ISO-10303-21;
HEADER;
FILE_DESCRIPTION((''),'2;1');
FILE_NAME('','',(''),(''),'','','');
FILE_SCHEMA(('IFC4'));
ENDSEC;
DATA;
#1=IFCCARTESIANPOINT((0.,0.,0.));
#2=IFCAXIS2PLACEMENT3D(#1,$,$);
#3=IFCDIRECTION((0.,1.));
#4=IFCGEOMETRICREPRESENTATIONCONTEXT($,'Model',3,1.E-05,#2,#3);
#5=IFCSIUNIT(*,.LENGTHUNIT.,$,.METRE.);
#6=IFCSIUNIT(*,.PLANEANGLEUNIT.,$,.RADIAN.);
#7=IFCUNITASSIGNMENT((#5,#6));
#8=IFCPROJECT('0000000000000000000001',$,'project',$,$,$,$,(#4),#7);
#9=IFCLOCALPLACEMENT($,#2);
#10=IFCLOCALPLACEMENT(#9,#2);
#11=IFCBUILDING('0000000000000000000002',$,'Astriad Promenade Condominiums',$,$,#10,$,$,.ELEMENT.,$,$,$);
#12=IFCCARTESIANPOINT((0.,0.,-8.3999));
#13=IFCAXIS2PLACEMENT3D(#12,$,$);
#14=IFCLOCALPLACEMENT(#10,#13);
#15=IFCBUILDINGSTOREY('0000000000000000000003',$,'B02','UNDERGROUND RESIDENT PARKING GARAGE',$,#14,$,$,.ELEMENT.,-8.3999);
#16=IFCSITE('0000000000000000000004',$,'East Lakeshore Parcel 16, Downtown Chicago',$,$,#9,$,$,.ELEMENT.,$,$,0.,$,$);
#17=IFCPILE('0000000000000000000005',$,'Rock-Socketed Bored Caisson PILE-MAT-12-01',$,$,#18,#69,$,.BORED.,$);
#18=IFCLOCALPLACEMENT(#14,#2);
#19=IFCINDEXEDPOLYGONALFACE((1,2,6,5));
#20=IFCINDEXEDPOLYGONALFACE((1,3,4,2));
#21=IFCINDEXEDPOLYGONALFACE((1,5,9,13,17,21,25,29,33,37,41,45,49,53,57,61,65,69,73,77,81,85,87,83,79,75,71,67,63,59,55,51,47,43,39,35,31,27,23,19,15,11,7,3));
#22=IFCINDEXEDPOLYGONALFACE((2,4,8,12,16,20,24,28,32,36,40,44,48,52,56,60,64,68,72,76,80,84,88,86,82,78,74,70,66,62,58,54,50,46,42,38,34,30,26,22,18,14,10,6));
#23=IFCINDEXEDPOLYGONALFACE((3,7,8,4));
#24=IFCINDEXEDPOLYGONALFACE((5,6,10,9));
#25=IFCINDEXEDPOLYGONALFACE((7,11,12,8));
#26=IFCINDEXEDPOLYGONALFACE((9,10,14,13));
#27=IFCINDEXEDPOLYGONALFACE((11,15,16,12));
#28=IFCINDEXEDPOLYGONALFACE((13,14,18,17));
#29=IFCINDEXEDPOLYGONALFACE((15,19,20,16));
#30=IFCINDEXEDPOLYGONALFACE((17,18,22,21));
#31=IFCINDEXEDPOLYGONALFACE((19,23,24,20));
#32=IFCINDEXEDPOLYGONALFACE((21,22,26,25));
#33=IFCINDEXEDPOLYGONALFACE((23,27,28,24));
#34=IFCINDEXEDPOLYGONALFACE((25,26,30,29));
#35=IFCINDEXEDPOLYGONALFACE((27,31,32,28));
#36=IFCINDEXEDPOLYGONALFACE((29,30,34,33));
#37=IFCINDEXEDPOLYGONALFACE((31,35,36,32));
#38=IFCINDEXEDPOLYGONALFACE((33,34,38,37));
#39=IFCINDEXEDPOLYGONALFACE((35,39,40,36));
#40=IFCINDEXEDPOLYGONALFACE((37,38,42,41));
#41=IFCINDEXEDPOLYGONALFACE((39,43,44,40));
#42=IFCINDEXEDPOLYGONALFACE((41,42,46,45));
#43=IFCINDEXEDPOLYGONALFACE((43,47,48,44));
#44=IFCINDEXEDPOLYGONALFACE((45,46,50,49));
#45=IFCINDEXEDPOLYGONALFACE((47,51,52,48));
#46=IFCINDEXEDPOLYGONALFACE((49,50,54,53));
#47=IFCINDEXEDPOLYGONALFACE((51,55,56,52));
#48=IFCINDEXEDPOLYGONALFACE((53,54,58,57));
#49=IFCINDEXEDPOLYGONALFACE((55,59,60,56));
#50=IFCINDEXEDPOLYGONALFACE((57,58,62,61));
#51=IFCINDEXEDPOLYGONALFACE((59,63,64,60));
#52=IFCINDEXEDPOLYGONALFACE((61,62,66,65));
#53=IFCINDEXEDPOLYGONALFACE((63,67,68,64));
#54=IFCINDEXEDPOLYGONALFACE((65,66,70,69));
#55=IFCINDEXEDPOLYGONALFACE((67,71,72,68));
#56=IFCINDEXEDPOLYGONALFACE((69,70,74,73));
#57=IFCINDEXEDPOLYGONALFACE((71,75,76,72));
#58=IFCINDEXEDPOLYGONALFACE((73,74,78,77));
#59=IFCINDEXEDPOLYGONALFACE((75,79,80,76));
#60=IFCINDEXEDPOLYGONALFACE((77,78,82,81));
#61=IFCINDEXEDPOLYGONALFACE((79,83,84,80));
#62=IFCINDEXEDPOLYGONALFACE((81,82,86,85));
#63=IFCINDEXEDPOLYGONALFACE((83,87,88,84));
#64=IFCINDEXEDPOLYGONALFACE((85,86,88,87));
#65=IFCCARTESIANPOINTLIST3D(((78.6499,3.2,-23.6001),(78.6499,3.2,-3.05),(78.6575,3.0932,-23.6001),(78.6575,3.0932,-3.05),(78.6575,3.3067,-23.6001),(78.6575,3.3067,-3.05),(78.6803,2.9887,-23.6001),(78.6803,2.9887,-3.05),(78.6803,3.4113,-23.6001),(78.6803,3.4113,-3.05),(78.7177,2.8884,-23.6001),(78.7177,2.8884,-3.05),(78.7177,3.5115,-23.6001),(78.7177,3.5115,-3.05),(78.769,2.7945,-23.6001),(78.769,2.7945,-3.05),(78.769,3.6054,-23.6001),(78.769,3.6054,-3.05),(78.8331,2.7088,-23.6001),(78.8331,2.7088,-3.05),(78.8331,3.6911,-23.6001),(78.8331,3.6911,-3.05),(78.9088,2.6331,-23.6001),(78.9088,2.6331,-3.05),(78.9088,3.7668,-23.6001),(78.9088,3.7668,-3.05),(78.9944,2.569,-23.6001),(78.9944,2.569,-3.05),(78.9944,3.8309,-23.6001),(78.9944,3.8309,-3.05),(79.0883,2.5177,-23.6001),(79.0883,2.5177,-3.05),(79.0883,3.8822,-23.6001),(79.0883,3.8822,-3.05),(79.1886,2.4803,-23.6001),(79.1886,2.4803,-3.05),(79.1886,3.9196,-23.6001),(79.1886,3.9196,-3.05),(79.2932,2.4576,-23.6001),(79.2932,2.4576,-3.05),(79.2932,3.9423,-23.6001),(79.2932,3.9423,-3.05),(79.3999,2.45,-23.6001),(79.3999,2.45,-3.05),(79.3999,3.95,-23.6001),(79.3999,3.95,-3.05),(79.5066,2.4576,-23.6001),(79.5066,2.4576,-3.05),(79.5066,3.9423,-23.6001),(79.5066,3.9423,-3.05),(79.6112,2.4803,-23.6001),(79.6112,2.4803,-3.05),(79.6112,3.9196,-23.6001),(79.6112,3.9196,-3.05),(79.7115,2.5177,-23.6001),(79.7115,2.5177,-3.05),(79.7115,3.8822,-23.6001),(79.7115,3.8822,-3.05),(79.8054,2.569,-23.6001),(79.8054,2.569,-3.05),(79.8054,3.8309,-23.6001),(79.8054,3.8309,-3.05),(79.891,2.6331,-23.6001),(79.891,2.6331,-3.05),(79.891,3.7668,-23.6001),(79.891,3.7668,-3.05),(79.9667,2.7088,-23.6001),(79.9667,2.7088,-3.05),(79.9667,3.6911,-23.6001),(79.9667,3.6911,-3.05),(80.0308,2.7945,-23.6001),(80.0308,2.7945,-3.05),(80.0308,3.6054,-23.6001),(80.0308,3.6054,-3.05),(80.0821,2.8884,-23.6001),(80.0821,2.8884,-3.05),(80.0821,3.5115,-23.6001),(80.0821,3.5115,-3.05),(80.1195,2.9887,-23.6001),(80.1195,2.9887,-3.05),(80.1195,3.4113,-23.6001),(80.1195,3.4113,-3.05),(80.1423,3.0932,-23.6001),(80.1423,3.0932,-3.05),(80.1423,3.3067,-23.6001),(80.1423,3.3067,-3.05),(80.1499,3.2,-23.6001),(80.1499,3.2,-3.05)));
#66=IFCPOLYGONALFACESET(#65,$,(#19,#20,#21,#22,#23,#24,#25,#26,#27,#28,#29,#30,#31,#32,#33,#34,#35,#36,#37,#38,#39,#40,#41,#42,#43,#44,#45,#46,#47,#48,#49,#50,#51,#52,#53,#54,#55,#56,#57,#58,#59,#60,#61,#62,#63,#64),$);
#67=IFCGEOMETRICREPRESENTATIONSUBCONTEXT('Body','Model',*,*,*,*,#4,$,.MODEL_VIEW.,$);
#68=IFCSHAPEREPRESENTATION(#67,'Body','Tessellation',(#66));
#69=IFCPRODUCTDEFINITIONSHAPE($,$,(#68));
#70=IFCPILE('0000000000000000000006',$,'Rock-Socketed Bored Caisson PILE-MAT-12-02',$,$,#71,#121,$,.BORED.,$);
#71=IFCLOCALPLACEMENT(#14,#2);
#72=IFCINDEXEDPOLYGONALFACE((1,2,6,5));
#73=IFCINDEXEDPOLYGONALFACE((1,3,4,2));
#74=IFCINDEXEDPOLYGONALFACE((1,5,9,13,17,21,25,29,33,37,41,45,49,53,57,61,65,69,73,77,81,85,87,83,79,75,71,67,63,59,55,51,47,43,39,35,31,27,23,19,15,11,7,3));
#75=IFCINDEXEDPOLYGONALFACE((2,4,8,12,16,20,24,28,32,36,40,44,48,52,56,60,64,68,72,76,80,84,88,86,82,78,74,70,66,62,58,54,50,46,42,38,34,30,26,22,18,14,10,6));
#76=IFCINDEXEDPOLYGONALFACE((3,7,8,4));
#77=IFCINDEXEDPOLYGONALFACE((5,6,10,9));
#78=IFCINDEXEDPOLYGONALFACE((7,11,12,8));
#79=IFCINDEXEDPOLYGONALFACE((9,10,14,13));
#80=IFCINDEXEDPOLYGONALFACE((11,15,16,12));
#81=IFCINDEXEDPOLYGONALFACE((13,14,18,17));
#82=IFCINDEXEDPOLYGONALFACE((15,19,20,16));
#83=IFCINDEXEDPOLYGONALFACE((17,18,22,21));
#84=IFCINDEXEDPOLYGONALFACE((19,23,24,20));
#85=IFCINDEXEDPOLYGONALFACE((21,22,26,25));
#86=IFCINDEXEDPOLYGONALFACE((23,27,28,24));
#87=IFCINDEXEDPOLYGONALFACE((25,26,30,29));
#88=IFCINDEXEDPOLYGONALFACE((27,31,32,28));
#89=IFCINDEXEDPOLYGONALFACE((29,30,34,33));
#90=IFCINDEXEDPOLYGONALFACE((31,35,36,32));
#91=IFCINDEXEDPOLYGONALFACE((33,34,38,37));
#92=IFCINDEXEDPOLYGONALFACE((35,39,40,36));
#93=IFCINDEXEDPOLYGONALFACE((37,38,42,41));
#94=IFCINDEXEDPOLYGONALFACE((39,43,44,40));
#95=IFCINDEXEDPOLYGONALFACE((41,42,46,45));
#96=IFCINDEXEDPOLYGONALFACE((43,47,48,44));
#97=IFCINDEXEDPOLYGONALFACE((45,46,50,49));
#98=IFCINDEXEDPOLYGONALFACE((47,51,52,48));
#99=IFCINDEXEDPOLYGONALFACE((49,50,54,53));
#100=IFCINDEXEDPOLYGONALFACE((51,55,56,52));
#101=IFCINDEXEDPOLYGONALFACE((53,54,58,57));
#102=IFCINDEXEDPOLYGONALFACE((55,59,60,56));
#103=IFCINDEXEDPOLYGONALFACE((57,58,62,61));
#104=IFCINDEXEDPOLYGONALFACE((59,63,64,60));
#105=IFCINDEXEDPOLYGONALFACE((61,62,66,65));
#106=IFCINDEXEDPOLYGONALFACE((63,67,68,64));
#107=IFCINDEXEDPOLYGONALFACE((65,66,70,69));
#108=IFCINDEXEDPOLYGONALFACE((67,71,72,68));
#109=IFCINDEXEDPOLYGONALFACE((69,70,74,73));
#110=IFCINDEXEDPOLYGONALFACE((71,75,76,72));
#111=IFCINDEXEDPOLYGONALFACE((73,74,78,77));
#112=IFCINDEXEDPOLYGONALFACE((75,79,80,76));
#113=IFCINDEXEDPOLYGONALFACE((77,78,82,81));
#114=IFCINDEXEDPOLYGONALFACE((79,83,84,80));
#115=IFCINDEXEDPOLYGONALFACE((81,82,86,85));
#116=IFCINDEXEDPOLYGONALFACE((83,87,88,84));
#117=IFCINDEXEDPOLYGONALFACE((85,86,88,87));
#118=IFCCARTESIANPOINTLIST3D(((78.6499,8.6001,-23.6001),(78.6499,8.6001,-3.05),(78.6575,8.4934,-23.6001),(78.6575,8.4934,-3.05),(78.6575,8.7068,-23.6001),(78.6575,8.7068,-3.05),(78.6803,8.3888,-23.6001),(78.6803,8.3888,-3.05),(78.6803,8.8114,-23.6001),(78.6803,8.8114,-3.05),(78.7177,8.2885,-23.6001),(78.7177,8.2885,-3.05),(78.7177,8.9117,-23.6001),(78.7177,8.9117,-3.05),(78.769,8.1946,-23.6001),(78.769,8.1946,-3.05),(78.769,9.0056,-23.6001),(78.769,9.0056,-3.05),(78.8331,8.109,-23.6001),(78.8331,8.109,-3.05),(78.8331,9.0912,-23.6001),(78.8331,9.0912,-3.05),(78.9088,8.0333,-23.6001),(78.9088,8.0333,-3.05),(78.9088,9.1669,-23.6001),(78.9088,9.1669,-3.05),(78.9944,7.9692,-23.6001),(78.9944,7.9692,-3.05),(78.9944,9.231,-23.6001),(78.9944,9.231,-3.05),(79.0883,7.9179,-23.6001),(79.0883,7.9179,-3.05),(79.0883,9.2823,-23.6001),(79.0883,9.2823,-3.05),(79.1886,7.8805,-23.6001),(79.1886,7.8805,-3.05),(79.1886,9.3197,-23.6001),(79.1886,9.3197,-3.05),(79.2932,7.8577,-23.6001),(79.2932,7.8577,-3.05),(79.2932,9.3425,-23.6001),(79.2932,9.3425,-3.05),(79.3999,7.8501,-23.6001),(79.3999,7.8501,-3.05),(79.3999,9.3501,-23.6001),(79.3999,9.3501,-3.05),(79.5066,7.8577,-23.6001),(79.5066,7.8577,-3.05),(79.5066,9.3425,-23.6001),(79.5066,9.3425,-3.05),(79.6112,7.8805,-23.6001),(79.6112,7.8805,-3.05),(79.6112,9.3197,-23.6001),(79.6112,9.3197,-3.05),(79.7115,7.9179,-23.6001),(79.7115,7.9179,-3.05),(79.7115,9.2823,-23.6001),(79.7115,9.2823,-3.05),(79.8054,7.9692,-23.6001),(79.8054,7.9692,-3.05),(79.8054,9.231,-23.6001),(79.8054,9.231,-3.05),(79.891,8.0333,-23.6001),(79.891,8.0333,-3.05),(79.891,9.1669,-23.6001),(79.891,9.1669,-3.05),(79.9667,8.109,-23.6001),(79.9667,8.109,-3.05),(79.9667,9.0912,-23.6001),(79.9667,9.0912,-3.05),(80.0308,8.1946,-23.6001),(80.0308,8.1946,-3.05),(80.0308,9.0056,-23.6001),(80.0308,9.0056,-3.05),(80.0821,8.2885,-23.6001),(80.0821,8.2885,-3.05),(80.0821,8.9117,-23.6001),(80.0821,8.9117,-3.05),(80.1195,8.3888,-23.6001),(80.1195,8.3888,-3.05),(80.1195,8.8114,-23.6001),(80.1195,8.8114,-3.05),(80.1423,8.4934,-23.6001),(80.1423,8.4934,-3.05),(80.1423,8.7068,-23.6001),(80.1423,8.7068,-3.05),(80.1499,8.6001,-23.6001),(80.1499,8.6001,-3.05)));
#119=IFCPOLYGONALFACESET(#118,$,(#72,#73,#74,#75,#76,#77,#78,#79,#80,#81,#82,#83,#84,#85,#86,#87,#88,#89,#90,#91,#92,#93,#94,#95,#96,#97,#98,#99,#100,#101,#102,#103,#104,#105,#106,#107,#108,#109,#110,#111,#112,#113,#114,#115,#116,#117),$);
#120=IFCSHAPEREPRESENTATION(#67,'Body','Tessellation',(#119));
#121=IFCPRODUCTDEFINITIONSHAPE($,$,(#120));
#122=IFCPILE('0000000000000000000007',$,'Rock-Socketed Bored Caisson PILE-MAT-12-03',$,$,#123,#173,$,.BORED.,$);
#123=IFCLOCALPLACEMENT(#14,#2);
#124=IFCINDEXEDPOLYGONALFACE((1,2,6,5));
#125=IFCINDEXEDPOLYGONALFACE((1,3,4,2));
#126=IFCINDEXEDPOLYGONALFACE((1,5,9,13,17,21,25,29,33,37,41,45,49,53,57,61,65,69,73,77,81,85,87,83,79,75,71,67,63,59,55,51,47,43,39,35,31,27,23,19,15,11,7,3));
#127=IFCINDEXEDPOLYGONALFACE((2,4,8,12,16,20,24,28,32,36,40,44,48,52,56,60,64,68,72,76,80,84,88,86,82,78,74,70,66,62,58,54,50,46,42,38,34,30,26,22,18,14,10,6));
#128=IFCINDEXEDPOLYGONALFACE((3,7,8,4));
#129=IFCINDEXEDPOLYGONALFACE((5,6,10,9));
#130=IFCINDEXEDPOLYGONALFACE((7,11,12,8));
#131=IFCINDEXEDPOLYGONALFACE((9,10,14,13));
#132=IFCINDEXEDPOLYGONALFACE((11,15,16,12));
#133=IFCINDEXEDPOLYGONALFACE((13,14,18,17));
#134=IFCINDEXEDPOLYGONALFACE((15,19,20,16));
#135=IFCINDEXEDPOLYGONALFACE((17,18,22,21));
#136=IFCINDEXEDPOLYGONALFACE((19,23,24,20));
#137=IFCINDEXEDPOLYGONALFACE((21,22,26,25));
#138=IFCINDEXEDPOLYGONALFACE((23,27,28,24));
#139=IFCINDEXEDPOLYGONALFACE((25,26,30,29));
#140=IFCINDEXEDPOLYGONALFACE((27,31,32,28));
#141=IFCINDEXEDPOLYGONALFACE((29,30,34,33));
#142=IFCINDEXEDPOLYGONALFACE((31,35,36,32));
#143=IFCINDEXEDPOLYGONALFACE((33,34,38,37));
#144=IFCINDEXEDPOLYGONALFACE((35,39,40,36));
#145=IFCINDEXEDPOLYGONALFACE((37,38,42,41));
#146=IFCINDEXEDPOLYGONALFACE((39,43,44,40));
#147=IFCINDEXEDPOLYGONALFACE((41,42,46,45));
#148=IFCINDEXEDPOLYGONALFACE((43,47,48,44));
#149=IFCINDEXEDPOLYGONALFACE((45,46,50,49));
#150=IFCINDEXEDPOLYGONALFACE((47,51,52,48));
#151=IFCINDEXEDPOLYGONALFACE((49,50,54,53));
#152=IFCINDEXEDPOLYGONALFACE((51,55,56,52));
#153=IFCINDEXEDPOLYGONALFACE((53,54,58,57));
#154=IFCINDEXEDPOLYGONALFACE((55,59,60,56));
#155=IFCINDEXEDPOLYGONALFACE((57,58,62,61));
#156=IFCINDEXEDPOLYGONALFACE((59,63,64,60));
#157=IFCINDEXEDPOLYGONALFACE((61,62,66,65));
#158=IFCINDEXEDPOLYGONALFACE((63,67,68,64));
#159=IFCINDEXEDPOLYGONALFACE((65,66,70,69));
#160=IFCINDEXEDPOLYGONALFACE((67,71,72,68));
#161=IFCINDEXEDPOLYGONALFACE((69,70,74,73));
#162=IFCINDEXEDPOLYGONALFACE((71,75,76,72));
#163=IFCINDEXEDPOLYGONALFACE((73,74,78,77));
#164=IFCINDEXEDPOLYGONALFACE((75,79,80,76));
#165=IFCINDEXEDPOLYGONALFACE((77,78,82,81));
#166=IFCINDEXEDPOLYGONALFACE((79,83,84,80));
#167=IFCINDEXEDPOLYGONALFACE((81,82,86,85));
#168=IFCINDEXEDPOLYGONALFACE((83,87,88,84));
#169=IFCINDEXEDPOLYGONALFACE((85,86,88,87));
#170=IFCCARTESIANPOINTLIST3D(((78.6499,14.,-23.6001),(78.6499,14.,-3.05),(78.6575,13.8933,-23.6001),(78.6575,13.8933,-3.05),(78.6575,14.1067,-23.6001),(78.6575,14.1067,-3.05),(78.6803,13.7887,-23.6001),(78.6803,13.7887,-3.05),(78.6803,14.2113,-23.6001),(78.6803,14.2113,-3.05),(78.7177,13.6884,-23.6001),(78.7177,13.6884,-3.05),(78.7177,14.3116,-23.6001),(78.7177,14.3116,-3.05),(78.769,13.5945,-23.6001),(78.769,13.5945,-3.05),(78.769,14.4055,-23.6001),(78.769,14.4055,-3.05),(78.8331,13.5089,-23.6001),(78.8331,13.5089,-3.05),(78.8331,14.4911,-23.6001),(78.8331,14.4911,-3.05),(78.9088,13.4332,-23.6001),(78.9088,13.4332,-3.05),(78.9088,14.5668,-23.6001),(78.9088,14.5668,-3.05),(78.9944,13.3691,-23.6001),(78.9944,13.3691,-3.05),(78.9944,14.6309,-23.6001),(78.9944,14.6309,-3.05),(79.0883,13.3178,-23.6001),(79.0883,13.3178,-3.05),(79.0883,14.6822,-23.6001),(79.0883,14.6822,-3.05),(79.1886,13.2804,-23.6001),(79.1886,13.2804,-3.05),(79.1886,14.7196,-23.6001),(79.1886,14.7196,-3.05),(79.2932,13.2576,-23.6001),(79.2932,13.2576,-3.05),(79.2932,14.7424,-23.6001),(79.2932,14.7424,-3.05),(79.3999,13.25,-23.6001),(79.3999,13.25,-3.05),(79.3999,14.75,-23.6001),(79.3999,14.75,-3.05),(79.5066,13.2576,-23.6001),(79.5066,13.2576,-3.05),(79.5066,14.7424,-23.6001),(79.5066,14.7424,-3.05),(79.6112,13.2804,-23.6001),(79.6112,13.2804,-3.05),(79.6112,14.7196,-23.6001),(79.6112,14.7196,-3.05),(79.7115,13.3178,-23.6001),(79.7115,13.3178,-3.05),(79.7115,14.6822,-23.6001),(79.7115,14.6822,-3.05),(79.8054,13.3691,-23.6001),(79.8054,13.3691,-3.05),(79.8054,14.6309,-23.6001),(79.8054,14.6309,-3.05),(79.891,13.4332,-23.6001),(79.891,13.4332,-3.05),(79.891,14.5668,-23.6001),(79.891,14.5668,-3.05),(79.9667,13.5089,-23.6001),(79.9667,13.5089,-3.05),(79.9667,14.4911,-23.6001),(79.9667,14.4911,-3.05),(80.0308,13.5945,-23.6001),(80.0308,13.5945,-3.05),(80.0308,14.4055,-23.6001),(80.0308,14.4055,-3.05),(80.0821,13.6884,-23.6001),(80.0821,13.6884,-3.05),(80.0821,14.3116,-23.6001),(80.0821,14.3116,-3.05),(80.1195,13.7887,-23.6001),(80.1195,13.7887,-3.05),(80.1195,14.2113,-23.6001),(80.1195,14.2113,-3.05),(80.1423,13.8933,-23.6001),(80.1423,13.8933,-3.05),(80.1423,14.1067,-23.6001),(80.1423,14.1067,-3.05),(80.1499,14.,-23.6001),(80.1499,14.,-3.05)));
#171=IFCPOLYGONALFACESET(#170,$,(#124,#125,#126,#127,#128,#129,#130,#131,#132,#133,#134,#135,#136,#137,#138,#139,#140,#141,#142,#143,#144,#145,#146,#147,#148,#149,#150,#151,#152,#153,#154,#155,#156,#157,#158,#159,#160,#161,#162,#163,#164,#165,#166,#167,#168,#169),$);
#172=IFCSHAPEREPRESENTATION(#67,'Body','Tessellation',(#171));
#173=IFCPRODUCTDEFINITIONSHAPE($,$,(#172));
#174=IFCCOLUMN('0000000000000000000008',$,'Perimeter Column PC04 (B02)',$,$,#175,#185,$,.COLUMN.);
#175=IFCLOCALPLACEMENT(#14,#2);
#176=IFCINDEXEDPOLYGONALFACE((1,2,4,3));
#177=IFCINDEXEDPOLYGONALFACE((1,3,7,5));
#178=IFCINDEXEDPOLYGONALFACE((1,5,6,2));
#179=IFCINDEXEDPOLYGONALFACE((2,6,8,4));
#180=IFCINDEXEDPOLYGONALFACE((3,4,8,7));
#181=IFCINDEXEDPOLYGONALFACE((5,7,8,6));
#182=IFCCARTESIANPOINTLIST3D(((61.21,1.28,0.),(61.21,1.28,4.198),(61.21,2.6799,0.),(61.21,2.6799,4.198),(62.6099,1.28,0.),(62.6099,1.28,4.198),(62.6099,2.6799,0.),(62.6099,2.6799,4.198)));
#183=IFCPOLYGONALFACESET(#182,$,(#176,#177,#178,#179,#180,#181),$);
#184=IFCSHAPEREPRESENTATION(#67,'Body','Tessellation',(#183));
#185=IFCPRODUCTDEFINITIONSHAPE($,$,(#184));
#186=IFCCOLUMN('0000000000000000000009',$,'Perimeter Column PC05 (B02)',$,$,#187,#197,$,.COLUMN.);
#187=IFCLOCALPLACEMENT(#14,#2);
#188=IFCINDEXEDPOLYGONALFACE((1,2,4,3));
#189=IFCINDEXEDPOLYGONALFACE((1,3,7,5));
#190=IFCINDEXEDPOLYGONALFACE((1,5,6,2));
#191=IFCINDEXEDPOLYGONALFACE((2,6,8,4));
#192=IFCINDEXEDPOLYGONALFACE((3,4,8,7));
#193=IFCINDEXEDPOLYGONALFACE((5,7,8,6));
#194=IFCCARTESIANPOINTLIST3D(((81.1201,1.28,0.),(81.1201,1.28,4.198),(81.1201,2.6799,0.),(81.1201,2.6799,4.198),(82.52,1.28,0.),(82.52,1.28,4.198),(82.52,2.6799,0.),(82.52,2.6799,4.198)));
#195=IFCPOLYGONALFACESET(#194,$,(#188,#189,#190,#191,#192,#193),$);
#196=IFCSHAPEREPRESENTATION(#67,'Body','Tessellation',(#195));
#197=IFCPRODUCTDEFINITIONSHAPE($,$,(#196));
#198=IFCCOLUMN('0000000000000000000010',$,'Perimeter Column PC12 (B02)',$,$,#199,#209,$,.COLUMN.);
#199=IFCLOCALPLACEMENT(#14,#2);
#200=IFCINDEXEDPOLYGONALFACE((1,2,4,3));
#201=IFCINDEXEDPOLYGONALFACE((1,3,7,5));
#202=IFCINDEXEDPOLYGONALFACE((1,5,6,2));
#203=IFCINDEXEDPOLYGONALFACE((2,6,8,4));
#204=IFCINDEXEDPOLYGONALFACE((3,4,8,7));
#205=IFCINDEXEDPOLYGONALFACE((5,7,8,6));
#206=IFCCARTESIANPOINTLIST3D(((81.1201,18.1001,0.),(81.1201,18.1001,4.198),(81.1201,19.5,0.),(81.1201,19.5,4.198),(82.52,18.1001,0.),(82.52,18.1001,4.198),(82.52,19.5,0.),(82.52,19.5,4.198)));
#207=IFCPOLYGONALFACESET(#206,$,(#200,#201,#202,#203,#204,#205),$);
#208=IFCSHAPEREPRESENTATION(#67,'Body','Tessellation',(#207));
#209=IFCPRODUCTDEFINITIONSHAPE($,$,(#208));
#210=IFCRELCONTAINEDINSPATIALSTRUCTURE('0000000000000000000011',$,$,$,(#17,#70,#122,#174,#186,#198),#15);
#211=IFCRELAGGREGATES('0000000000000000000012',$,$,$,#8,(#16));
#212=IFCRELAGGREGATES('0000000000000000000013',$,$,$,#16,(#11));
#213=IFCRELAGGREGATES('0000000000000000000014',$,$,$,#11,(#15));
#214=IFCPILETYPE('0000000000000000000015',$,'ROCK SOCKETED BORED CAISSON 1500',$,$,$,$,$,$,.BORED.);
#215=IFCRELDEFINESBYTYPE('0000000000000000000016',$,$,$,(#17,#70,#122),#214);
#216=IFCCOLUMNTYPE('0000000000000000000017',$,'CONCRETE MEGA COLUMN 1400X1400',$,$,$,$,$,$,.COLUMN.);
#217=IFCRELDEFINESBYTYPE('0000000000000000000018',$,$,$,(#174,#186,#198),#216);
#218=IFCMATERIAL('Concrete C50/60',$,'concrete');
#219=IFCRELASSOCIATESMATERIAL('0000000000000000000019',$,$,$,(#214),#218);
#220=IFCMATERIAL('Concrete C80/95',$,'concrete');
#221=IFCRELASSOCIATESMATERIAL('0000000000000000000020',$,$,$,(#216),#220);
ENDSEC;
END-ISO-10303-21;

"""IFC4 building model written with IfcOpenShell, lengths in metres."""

from ifc_helpers import new_model, si_unit, direction, frame, origin, origin_2d, place, context, subcontext, project, spatial, rectangle, circle, extrude, source, transform, mapped, material, material_profile, profile_set, type_object, type_shapes, element, save


model = new_model("IFC4")

# Units and contexts
model_context = context("Model", 3, precision=1e-05, world=origin(), true_north=direction((0.0, 1.0)))
body_context = subcontext(model_context, "Body", "Model", "MODEL_VIEW")
ifc_project = project(units=[si_unit("LENGTHUNIT", "METRE"), si_unit("PLANEANGLEUNIT", "RADIAN")], contexts=[model_context])

# Site, building, storey
site_placement = place(None, origin())
site = spatial("IfcSite", under=ifc_project, at=site_placement, Name="East Lakeshore Parcel 16, Downtown Chicago", CompositionType="ELEMENT", RefElevation=0.0)
building_placement = place(site_placement, origin())
building = spatial("IfcBuilding", under=site, at=building_placement, Name="Astriad Promenade Condominiums", CompositionType="ELEMENT")
storey_placement = place(building_placement, frame((0.0, 0.0, -8.3999)))
storey = spatial("IfcBuildingStorey", under=building, at=storey_placement, Name="B02", Description="UNDERGROUND RESIDENT PARKING GARAGE", CompositionType="ELEMENT", Elevation=-8.3999)

# Piles
ifc_material_1 = material(Name="Concrete C50/60", Category="concrete")
ifc_material_profile_1 = material_profile(ifc_material_1, circle(Radius=0.75, at=origin_2d()), Name="CAISSON-D1500")
ifc_profile_set_1 = profile_set([ifc_material_profile_1], Name="Concrete C50/60")
pile_type = type_object("IfcPileType", Name="ROCK SOCKETED BORED CAISSON 1500", PredefinedType="BORED", material=ifc_profile_set_1)
shared_shape_1 = source(origin(), body_context, "Body", "SweptSolid", [
    extrude(circle(Radius=0.75, at=origin_2d()), origin(), (0.0, 0.0, 1.0), 20.55),
])
type_shapes(pile_type, [shared_shape_1])
for number, where, z_axis, x_axis, name in (
    (1, (79.3999, 3.2, -3.05), (0.0, 0.0, -1.0), (1.0, 0.0, 0.0), "Rock-Socketed Bored Caisson PILE-MAT-12-01"),
    (2, (79.3999, 8.6001, -3.05), (0.0, 0.0, -1.0), (1.0, 0.0, 0.0), "Rock-Socketed Bored Caisson PILE-MAT-12-02"),
    (3, (79.3999, 14.0, -3.05), (0.0, 0.0, -1.0), (1.0, 0.0, 0.0), "Rock-Socketed Bored Caisson PILE-MAT-12-03"),
):
    element("IfcPile", number, at=place(storey_placement, frame(where, z_axis=z_axis, x_axis=x_axis)), inside=storey, type_object=pile_type, Name=name, PredefinedType="BORED", context=body_context, shape_type="MappedRepresentation", body=[
        mapped(shared_shape_1, transform((0.0, 0.0, 0.0), scale=1.0)),
    ])

# Columns
ifc_material_2 = material(Name="Concrete C80/95", Category="concrete")
ifc_material_profile_2 = material_profile(ifc_material_2, rectangle(XDim=1.3999, YDim=1.3999, at=origin_2d()), Name="RC-COL-1400X1400")
ifc_profile_set_2 = profile_set([ifc_material_profile_2], Name="Concrete C80/95")
column_type = type_object("IfcColumnType", Name="CONCRETE MEGA COLUMN 1400X1400", PredefinedType="COLUMN", material=ifc_profile_set_2)
shared_shape_2 = source(origin(), body_context, "Body", "SweptSolid", [
    extrude(rectangle(XDim=1.3999, YDim=1.3999, at=origin_2d()), origin(), (0.0, 0.0, 1.0), 4.198),
])
type_shapes(column_type, [shared_shape_2])
for number, where, z_axis, x_axis, name in (
    (4, (61.9099, 1.98, 0.0), (0.0, 0.0, 1.0), (1.0, 0.0, 0.0), "Perimeter Column PC04 (B02)"),
    (5, (81.8201, 1.98, 0.0), (0.0, 0.0, 1.0), (1.0, 0.0, 0.0), "Perimeter Column PC05 (B02)"),
    (6, (81.8201, 18.8, 0.0), (0.0, 0.0, 1.0), (1.0, 0.0, 0.0), "Perimeter Column PC12 (B02)"),
):
    element("IfcColumn", number, at=place(storey_placement, frame(where, z_axis=z_axis, x_axis=x_axis)), inside=storey, type_object=column_type, Name=name, PredefinedType="COLUMN", context=body_context, shape_type="MappedRepresentation", body=[
        mapped(shared_shape_2, transform((0.0, 0.0, 0.0), scale=1.0)),
    ])

save(model, "model.ifc")
